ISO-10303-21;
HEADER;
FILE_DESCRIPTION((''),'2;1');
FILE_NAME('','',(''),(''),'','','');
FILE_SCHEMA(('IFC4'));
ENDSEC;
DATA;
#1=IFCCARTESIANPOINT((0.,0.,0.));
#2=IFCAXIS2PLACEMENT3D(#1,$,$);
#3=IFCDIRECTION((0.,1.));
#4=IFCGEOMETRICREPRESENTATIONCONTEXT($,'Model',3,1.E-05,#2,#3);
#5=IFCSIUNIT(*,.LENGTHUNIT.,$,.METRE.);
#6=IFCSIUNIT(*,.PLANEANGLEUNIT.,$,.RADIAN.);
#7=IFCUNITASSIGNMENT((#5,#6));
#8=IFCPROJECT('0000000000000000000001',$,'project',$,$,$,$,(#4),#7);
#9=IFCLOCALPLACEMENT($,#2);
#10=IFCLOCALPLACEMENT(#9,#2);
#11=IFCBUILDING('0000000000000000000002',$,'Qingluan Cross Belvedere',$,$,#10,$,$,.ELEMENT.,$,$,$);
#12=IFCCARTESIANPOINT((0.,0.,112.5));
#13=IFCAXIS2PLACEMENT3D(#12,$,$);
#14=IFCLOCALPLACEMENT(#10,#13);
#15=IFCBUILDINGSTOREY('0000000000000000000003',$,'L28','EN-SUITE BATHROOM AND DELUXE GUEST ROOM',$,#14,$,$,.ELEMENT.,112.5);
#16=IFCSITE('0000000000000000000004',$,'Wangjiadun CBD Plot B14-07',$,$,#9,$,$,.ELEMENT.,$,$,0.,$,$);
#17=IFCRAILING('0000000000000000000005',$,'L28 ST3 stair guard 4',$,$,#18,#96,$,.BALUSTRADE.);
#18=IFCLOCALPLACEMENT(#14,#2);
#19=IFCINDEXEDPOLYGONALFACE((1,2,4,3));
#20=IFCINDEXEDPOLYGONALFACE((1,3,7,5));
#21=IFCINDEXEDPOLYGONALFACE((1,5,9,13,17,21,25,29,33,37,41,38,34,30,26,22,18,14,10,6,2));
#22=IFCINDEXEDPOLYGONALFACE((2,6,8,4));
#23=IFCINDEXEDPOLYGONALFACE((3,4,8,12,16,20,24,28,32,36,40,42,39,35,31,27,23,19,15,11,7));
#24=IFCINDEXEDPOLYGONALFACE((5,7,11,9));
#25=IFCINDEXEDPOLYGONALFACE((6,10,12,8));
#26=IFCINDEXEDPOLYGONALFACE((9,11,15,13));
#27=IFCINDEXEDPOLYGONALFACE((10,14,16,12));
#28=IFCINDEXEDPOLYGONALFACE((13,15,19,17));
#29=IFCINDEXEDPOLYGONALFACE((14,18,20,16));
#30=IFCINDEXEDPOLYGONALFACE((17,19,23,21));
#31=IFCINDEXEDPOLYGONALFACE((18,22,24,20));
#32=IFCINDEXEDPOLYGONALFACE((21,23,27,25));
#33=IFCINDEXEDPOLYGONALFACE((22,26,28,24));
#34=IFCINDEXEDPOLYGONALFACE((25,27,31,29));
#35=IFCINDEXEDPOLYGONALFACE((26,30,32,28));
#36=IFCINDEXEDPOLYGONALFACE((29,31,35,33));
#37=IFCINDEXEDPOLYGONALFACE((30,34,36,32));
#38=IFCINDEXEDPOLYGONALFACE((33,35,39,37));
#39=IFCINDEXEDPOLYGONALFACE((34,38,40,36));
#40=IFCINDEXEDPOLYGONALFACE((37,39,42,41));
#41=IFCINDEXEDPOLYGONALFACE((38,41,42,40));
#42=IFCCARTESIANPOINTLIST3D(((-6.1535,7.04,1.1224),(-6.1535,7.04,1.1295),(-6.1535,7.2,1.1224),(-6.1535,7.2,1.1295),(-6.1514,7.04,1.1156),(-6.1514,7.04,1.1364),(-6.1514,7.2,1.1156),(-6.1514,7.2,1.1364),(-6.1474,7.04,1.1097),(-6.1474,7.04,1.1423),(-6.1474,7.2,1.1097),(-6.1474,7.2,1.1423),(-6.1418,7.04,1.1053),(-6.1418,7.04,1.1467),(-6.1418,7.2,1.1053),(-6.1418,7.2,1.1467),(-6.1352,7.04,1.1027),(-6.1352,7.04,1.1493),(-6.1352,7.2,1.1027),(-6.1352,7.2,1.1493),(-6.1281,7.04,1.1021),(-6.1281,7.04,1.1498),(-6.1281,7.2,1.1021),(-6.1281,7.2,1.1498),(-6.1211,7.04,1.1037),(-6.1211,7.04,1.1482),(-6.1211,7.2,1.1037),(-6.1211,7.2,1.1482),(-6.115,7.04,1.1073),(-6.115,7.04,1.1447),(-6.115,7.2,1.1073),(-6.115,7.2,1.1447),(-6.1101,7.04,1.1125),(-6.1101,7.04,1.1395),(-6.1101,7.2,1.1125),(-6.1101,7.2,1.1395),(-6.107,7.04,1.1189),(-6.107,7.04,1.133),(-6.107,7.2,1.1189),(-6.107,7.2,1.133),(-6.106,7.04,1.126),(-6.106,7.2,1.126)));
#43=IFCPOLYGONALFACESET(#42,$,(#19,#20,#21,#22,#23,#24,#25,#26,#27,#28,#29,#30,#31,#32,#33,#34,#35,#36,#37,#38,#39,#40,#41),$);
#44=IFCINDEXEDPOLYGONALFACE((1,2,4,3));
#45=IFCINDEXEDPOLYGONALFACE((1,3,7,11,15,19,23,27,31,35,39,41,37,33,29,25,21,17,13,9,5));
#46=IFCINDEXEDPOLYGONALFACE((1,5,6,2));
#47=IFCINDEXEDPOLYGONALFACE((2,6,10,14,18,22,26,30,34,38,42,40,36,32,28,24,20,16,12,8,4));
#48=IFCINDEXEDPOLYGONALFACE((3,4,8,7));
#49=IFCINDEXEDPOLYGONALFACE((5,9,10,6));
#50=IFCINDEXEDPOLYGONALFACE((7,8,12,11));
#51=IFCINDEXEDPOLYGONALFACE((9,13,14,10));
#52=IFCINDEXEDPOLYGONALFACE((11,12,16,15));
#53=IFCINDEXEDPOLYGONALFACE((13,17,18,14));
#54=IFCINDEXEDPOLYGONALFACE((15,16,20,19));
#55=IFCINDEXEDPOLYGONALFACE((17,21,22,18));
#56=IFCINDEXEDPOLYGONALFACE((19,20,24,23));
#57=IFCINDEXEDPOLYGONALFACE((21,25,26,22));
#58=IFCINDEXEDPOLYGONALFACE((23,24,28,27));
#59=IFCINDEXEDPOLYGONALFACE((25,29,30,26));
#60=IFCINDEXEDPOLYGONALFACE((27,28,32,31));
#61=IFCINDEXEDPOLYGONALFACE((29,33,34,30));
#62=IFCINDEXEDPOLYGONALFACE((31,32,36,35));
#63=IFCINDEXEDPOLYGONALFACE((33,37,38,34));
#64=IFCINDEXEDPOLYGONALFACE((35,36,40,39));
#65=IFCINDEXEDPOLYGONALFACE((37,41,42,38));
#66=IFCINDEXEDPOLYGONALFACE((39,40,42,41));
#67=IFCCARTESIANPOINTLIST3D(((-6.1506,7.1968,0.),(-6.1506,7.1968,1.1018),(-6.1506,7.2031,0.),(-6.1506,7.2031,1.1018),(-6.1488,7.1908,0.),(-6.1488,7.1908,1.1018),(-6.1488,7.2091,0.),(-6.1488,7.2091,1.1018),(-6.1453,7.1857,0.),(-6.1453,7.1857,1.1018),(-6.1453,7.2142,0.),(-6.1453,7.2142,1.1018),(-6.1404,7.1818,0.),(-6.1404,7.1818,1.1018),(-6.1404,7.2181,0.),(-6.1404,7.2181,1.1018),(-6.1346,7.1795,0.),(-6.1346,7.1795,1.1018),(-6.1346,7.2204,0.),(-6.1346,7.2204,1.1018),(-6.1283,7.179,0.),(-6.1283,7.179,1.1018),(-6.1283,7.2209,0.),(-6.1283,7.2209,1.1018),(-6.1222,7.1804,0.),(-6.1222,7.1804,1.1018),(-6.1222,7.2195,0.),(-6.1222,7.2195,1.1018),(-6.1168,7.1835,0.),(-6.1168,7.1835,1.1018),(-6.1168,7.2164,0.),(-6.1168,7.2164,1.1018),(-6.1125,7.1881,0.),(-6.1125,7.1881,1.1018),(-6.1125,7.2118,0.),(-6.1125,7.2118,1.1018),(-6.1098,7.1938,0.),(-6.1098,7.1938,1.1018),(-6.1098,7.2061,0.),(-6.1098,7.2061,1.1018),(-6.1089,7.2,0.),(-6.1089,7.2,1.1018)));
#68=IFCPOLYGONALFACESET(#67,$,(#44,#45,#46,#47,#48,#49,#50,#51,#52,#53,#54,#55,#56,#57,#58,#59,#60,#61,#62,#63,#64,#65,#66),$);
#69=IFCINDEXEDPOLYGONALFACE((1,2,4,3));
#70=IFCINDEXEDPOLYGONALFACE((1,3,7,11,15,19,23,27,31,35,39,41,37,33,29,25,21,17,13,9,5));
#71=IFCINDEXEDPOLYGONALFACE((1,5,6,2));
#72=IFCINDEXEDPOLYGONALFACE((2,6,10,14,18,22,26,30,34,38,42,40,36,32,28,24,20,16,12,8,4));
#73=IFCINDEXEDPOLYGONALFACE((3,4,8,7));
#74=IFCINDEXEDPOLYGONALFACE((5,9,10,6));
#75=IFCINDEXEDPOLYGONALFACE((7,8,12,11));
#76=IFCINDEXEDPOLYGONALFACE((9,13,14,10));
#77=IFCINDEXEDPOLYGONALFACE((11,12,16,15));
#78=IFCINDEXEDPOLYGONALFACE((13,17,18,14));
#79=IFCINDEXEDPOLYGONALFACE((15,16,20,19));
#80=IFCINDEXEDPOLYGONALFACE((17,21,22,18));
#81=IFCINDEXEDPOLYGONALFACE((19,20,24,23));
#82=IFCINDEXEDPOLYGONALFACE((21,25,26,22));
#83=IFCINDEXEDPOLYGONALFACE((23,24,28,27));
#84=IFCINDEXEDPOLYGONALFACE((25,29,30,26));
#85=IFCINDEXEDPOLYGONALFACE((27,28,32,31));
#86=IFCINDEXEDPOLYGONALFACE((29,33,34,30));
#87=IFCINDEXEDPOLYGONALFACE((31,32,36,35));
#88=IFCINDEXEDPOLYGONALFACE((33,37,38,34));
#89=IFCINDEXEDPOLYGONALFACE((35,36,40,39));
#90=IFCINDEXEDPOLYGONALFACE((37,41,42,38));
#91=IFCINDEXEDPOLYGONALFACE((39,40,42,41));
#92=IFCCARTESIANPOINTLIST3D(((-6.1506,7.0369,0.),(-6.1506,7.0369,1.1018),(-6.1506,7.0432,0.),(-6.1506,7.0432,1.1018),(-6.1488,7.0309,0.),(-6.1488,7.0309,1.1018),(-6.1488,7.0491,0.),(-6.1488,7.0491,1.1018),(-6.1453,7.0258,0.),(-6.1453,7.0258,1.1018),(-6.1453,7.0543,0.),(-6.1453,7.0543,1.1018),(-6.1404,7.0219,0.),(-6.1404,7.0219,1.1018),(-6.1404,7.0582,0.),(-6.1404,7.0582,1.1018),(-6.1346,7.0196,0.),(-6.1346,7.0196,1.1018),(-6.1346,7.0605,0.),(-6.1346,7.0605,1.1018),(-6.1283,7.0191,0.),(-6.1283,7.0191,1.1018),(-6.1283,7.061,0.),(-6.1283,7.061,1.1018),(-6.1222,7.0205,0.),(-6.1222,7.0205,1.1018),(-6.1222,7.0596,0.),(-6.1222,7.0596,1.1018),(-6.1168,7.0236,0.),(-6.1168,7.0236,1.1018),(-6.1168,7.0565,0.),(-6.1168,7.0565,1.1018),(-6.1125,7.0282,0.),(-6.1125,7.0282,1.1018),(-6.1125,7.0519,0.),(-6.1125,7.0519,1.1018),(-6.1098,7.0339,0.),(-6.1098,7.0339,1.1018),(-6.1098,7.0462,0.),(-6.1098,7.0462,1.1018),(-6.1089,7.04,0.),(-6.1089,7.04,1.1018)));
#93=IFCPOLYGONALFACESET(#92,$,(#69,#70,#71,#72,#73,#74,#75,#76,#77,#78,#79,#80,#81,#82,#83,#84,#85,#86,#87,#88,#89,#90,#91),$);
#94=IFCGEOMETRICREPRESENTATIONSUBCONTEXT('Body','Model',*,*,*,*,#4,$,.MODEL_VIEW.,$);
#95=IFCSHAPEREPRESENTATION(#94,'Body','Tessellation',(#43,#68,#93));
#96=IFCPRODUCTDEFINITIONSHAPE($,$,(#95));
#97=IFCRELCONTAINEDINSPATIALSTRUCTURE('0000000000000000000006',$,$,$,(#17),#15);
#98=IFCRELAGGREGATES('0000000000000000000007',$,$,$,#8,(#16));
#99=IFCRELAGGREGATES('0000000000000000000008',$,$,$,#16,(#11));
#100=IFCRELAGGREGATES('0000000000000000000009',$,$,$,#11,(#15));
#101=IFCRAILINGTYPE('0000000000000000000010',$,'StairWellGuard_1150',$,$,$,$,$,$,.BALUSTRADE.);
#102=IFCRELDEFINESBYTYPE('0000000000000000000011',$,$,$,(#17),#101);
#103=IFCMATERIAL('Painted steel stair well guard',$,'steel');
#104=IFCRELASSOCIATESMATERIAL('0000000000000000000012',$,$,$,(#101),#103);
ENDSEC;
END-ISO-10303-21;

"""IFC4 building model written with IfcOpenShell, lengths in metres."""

from ifc_helpers import new_model, si_unit, direction, frame, origin, origin_2d, place, context, subcontext, project, spatial, circle, extrude, material, type_object, element, save


model = new_model("IFC4")

# Units and contexts
model_context = context("Model", 3, precision=1e-05, world=origin(), true_north=direction((0.0, 1.0)))
body_context = subcontext(model_context, "Body", "Model", "MODEL_VIEW")
ifc_project = project(units=[si_unit("LENGTHUNIT", "METRE"), si_unit("PLANEANGLEUNIT", "RADIAN")], contexts=[model_context])

# Site, building, storey
site_placement = place(None, origin())
site = spatial("IfcSite", under=ifc_project, at=site_placement, Name="Wangjiadun CBD Plot B14-07", CompositionType="ELEMENT", RefElevation=0.0)
building_placement = place(site_placement, origin())
building = spatial("IfcBuilding", under=site, at=building_placement, Name="Qingluan Cross Belvedere", CompositionType="ELEMENT")
storey_placement = place(building_placement, frame((0.0, 0.0, 112.5)))
storey = spatial("IfcBuildingStorey", under=building, at=storey_placement, Name="L28", Description="EN-SUITE BATHROOM AND DELUXE GUEST ROOM", CompositionType="ELEMENT", Elevation=112.5)

# Railing
ifc_material_1 = material(Name="Painted steel stair well guard", Category="steel")
railing_type_1 = type_object("IfcRailingType", Name="StairWellGuard_1150", PredefinedType="BALUSTRADE", material=ifc_material_1)
railing_1_placement = place(storey_placement, frame((-6.1299, 7.2, 0.0)))
element("IfcRailing", 1, at=railing_1_placement, inside=storey, type_object=railing_type_1, Name="L28 ST3 stair guard 4", PredefinedType="BALUSTRADE", context=body_context, shape_type="SweptSolid", body=[
    extrude(circle(Radius=0.0239, at=origin_2d()), frame((0.0, 0.0, 1.126), z_axis=(0.0, -1.0, 0.0), x_axis=(1.0, 0.0, 0.0)), (0.0, 0.0, 1.0), 0.1599),
    extrude(circle(Radius=0.021, at=origin_2d()), origin(), (0.0, 0.0, 1.0), 1.1018),
    extrude(circle(Radius=0.021, at=origin_2d()), frame((0.0, -0.1599, 0.0)), (0.0, 0.0, 1.0), 1.1018),
])

save(model, "model.ifc")
